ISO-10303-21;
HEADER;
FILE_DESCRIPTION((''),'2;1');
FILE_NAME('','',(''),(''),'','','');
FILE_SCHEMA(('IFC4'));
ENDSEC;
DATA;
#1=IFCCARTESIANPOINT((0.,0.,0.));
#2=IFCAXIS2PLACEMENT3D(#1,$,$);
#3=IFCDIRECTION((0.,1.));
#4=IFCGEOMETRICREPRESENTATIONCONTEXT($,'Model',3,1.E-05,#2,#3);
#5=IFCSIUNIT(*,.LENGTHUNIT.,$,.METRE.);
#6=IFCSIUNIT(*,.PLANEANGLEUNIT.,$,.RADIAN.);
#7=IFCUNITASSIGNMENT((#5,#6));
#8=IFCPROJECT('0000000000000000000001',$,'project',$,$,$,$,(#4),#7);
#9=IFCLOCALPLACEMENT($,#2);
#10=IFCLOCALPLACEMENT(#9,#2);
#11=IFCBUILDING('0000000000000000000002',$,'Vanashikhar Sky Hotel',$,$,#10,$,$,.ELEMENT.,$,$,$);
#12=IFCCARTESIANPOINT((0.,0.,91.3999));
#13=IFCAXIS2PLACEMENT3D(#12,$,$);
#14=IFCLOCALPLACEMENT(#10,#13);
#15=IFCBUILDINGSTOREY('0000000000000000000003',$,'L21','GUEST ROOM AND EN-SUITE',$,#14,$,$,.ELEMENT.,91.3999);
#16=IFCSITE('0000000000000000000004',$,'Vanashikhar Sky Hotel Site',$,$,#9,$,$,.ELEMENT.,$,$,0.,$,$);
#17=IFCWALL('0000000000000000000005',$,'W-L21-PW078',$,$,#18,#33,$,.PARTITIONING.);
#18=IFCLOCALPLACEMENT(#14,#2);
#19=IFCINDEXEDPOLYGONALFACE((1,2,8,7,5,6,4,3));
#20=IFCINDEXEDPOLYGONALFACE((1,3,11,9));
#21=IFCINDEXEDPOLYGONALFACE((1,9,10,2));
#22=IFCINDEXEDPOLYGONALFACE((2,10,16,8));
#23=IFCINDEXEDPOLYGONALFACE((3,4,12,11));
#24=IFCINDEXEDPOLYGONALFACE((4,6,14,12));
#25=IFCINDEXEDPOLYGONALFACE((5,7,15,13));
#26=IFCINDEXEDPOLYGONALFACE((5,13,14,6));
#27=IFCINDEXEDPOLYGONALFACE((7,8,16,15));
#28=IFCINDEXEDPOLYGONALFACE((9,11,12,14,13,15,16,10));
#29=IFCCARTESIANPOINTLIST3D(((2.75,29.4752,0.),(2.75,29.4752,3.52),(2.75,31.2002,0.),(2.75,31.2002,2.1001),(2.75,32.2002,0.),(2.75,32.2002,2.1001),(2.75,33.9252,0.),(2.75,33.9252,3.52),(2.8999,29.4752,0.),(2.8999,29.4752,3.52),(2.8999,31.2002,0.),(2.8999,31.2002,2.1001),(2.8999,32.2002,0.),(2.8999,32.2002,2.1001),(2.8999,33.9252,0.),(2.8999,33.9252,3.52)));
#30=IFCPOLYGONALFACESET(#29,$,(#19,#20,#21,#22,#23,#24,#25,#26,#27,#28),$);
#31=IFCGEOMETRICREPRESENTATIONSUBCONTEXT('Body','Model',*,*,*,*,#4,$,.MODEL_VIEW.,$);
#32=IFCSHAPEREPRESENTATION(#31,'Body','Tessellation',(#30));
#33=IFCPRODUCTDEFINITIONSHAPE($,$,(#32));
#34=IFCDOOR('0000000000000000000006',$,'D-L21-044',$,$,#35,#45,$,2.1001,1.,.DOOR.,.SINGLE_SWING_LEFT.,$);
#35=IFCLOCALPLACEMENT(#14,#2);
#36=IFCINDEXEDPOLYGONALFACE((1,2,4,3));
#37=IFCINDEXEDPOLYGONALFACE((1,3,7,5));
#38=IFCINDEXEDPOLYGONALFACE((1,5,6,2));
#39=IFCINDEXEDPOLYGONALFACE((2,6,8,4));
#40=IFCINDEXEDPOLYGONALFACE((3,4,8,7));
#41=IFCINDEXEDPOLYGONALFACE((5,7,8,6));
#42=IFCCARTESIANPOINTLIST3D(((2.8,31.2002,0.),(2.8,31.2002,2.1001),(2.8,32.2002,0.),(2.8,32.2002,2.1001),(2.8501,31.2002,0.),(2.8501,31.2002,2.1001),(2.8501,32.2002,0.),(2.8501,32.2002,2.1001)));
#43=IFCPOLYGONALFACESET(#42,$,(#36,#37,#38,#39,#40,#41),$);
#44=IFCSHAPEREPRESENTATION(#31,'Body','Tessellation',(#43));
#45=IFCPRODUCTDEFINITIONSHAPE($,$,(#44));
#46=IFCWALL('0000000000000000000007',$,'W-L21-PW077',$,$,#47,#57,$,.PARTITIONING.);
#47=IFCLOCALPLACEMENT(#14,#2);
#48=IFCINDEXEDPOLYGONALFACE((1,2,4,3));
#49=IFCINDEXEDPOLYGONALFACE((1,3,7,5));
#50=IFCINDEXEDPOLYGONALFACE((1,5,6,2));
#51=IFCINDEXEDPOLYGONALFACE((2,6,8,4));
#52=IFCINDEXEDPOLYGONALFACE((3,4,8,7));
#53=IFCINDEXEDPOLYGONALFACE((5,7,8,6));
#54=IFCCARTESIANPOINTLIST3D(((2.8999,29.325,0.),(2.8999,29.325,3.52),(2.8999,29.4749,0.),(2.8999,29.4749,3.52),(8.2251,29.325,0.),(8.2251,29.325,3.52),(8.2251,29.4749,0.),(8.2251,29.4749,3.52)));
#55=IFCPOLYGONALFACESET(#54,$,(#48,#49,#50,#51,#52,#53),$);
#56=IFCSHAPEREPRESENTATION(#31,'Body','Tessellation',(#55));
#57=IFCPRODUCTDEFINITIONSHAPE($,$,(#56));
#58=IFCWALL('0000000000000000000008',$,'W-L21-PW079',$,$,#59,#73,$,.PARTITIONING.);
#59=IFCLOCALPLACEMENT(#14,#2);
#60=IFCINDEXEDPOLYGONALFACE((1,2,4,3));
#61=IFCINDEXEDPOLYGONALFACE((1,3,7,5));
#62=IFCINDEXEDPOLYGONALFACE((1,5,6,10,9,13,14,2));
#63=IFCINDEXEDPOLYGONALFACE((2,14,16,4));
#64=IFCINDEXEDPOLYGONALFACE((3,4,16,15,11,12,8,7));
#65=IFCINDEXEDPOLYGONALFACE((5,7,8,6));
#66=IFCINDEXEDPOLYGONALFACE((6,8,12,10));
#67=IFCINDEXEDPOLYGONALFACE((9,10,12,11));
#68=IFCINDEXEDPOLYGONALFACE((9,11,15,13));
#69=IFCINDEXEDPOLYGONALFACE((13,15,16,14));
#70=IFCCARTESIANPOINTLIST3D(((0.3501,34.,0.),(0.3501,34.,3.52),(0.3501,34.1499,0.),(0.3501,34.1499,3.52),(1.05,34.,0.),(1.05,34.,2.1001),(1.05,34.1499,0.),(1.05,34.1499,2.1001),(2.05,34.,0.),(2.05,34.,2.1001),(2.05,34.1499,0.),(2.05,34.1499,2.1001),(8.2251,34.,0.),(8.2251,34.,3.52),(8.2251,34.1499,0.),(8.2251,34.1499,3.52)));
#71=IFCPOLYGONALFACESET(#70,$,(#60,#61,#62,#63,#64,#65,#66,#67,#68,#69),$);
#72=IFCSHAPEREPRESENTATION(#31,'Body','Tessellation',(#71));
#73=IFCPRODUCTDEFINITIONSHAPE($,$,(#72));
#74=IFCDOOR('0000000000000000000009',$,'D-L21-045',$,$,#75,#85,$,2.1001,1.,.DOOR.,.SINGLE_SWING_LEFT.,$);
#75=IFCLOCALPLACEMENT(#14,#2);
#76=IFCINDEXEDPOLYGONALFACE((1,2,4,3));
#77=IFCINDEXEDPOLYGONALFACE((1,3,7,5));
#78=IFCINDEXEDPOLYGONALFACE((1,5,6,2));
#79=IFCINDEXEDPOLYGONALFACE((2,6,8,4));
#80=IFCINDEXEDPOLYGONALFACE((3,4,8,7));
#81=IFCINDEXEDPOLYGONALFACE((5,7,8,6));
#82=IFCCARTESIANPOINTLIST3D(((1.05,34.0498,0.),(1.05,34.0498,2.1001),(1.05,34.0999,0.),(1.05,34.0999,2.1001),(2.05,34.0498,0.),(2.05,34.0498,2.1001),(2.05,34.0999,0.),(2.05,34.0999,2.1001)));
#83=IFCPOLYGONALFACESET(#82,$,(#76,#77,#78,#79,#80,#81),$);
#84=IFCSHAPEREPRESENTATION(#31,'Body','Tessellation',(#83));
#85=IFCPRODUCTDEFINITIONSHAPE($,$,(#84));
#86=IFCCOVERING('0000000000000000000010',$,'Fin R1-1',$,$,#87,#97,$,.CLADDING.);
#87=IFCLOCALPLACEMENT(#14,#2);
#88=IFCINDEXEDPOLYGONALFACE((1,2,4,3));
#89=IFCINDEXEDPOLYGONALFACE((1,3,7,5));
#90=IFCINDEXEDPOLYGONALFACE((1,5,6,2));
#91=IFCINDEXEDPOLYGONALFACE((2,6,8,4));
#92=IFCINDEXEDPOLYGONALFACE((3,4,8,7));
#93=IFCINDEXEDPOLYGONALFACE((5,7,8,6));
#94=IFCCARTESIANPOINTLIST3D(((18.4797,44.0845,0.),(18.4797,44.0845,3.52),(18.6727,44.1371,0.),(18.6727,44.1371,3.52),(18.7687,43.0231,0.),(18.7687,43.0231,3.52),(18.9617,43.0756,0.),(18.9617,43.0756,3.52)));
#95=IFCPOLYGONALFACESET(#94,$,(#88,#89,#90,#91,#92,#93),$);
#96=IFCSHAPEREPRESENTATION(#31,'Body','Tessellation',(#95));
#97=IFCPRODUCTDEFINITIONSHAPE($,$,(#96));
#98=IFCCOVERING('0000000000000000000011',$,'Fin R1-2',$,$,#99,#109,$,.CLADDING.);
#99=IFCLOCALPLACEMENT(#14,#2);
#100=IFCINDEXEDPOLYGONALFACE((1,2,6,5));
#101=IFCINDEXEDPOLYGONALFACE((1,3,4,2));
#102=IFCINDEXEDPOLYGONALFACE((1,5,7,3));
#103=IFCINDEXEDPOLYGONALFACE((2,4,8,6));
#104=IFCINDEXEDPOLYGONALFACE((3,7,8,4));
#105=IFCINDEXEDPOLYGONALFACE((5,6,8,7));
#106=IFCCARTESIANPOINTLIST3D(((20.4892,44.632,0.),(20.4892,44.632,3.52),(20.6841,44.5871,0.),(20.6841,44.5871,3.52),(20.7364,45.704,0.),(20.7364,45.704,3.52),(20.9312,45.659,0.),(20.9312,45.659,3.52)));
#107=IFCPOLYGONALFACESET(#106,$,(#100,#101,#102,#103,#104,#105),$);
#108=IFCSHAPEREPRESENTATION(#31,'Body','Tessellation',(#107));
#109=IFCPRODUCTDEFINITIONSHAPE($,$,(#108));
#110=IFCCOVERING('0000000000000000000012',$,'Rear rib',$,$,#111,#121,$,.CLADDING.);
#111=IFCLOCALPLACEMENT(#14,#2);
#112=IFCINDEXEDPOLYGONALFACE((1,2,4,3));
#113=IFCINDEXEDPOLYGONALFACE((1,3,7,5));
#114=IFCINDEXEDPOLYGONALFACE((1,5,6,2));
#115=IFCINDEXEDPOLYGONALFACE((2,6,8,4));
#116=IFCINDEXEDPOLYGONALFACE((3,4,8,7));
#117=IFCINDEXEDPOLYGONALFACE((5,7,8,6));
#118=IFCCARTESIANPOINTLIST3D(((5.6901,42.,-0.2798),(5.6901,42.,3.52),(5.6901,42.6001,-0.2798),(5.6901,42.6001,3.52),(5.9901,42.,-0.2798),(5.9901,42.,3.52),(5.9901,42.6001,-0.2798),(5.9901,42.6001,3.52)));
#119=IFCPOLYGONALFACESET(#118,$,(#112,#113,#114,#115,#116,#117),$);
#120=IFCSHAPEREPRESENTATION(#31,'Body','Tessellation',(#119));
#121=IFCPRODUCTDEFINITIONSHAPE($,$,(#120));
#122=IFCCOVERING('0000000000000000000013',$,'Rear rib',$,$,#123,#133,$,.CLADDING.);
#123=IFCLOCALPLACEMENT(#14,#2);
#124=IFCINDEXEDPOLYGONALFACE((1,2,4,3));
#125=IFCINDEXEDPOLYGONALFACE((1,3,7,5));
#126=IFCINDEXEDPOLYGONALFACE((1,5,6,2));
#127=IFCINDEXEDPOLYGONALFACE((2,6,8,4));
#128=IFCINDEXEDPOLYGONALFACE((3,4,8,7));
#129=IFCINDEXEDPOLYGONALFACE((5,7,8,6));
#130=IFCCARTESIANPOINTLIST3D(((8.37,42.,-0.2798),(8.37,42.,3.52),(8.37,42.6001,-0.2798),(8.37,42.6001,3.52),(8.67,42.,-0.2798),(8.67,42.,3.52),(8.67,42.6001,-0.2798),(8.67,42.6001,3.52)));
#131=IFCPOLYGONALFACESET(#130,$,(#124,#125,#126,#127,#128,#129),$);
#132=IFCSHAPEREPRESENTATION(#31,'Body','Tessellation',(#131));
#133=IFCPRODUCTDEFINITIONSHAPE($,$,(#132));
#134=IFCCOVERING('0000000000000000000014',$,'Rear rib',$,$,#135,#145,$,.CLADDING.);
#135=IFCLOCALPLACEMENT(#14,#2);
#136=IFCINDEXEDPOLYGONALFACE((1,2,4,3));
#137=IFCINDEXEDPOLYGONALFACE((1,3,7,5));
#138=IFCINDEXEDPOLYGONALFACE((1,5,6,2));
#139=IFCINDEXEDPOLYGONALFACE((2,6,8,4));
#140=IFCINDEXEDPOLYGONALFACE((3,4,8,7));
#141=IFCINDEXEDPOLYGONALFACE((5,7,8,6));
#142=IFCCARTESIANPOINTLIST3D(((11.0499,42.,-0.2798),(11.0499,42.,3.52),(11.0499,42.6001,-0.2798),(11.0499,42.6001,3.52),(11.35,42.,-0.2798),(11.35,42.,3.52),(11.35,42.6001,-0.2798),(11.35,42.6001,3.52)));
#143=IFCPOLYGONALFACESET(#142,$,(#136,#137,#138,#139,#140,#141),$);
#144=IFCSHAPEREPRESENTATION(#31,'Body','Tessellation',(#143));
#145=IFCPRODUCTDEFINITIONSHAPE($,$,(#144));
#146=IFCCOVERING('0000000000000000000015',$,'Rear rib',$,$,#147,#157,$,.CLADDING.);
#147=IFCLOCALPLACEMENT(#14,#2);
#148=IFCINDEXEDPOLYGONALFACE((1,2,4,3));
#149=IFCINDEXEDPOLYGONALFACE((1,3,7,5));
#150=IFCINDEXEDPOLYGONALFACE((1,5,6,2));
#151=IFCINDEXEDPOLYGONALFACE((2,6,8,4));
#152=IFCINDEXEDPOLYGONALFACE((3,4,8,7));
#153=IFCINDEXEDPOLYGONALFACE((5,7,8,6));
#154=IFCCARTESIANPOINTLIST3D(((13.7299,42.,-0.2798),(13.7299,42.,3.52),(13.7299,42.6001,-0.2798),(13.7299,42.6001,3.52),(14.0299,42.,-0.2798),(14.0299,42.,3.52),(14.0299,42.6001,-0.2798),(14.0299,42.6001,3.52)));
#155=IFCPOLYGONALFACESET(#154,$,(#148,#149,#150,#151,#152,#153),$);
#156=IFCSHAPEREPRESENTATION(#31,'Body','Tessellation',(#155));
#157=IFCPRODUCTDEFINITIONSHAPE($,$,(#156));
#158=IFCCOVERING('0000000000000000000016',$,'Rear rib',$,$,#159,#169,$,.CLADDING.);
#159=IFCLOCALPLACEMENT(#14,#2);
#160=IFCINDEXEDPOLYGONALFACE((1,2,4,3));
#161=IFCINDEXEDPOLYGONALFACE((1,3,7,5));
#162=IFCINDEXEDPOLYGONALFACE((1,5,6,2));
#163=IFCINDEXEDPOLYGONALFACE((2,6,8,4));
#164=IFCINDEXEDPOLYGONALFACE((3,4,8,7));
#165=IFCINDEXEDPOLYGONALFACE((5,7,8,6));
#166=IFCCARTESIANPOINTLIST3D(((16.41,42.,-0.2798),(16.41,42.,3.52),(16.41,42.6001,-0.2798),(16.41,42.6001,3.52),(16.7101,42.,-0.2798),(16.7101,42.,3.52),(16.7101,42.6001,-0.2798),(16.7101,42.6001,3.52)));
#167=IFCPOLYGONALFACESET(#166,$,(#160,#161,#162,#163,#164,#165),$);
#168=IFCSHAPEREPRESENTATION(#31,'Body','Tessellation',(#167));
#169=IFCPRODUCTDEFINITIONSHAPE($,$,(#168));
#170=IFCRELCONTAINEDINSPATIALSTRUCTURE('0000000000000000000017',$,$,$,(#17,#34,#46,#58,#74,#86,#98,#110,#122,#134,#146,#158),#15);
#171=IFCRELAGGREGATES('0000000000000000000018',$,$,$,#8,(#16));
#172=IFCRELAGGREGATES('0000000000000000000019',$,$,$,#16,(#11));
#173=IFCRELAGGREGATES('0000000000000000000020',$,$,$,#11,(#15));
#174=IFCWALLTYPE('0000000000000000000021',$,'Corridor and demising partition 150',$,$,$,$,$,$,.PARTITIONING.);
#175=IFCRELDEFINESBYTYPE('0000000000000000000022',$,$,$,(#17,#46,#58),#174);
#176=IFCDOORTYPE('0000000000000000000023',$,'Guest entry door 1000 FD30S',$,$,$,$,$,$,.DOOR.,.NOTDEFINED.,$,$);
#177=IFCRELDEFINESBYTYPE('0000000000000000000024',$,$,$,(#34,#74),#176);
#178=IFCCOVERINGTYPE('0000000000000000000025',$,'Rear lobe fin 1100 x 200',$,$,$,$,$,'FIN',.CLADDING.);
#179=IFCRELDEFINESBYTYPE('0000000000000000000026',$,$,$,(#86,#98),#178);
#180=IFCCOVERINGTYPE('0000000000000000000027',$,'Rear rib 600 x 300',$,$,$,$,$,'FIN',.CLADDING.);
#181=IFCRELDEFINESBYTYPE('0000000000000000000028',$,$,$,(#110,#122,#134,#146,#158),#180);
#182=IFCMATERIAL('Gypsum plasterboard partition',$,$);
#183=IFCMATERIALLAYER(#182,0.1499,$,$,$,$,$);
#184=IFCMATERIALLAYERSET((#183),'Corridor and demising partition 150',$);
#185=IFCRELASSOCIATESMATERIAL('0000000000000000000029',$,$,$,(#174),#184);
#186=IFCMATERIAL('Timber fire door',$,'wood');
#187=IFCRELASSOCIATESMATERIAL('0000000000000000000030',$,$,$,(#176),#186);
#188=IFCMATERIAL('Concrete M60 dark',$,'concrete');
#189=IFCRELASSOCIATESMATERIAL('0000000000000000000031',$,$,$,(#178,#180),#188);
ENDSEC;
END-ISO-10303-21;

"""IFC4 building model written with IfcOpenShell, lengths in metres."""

from ifc_helpers import new_model, si_unit, direction, frame, frame_2d, origin, origin_2d, place, context, subcontext, project, spatial, rectangle, extrude, source, transform, mapped, material, layer, layer_set, material_profile, profile_set, type_object, element, fill, save


model = new_model("IFC4")

# Units and contexts
model_context = context("Model", 3, precision=1e-05, world=origin(), true_north=direction((0.0, 1.0)))
body_context = subcontext(model_context, "Body", "Model", "MODEL_VIEW")
ifc_project = project(units=[si_unit("LENGTHUNIT", "METRE"), si_unit("PLANEANGLEUNIT", "RADIAN")], contexts=[model_context])

# Site, building, storey
site_placement = place(None, origin())
site = spatial("IfcSite", under=ifc_project, at=site_placement, Name="Vanashikhar Sky Hotel Site", CompositionType="ELEMENT", RefElevation=0.0)
building_placement = place(site_placement, origin())
building = spatial("IfcBuilding", under=site, at=building_placement, Name="Vanashikhar Sky Hotel", CompositionType="ELEMENT")
storey_placement = place(building_placement, frame((0.0, 0.0, 91.3999)))
storey = spatial("IfcBuildingStorey", under=building, at=storey_placement, Name="L21", Description="GUEST ROOM AND EN-SUITE", CompositionType="ELEMENT", Elevation=91.3999)

# Wall, opening, door
shared_shape_1 = source(origin(), body_context, "Body", "SweptSolid", [
    extrude(rectangle(XDim=1.0, YDim=2.1001, at=frame_2d((0.5, 1.05))), frame((0.0, 0.0249, 0.0), z_axis=(0.0, -1.0, 0.0), x_axis=(1.0, 0.0, 0.0)), (0.0, 0.0, 1.0), 0.05),
])
ifc_material_1 = material(Name="Gypsum plasterboard partition")
ifc_layer_1 = layer(ifc_material_1, 0.1499)
ifc_layer_set_1 = layer_set([ifc_layer_1], Name="Corridor and demising partition 150")
wall_type_1 = type_object("IfcWallType", Name="Corridor and demising partition 150", PredefinedType="PARTITIONING", material=ifc_layer_set_1)
shared_shape_2 = source(origin(), body_context, "Body", "SweptSolid", [
    extrude(rectangle(XDim=4.45, YDim=0.1499, at=frame_2d((2.2251, 0.0))), origin(), (0.0, 0.0, 1.0), 3.52),
])
wall_1_placement = place(storey_placement, frame((2.825, 29.4751, 0.0), z_axis=(0.0, 0.0, 1.0), x_axis=(0.0, 1.0, 0.0)))
wall_1 = element("IfcWall", 1, at=wall_1_placement, inside=storey, type_object=wall_type_1, Name="W-L21-PW078", PredefinedType="PARTITIONING", context=body_context, shape_type="MappedRepresentation", body=[
    mapped(shared_shape_2, transform((0.0, 0.0, 0.0), scale=1.0)),
])
shared_shape_3 = source(origin(), body_context, "Body", "SweptSolid", [
    extrude(rectangle(XDim=1.0, YDim=2.1001, at=frame_2d((0.5, 1.05))), frame((0.0, 0.085, 0.0), z_axis=(0.0, -1.0, 0.0), x_axis=(1.0, 0.0, 0.0)), (0.0, 0.0, 1.0), 0.1699),
])
opening_1_placement = place(wall_1_placement, frame((1.7251, 0.0, 0.0)))
opening_1 = element("IfcOpeningElement", 2, at=opening_1_placement, cuts=wall_1, PredefinedType="OPENING", context=body_context, shape_type="MappedRepresentation", body=[
    mapped(shared_shape_3, transform((0.0, 0.0, 0.0), scale=1.0)),
])
ifc_material_2 = material(Name="Timber fire door", Category="wood")
door_type_1 = type_object("IfcDoorType", Name="Guest entry door 1000 FD30S", OperationType="NOTDEFINED", PredefinedType="DOOR", material=ifc_material_2)
door_1_placement = place(opening_1_placement, origin())
door_1 = element("IfcDoor", 3, at=door_1_placement, inside=storey, type_object=door_type_1, Name="D-L21-044", OperationType="SINGLE_SWING_LEFT", OverallHeight=2.1001, OverallWidth=1.0, PredefinedType="DOOR", context=body_context, shape_type="MappedRepresentation", body=[
    mapped(shared_shape_1, transform((0.0, 0.0, 0.0), scale=1.0)),
])
fill(opening_1, door_1)

# Wall
shared_shape_4 = source(origin(), body_context, "Body", "SweptSolid", [
    extrude(rectangle(XDim=5.3252, YDim=0.1499, at=frame_2d((2.6626, 0.0))), origin(), (0.0, 0.0, 1.0), 3.52),
])
wall_2_placement = place(storey_placement, frame((2.8999, 29.3999, 0.0), z_axis=(0.0, 0.0, 1.0), x_axis=(1.0, 0.0, 0.0)))
element("IfcWall", 4, at=wall_2_placement, inside=storey, type_object=wall_type_1, Name="W-L21-PW077", PredefinedType="PARTITIONING", context=body_context, shape_type="MappedRepresentation", body=[
    mapped(shared_shape_4, transform((0.0, 0.0, 0.0), scale=1.0)),
])

# Wall, opening, door
shared_shape_5 = source(origin(), body_context, "Body", "SweptSolid", [
    extrude(rectangle(XDim=7.875, YDim=0.1499, at=frame_2d((3.9375, 0.0))), origin(), (0.0, 0.0, 1.0), 3.52),
])
wall_3_placement = place(storey_placement, frame((0.3501, 34.075, 0.0), z_axis=(0.0, 0.0, 1.0), x_axis=(1.0, 0.0, 0.0)))
wall_3 = element("IfcWall", 5, at=wall_3_placement, inside=storey, type_object=wall_type_1, Name="W-L21-PW079", PredefinedType="PARTITIONING", context=body_context, shape_type="MappedRepresentation", body=[
    mapped(shared_shape_5, transform((0.0, 0.0, 0.0), scale=1.0)),
])
opening_2_placement = place(wall_3_placement, frame((0.7, 0.0, 0.0)))
opening_2 = element("IfcOpeningElement", 6, at=opening_2_placement, cuts=wall_3, PredefinedType="OPENING", context=body_context, shape_type="MappedRepresentation", body=[
    mapped(shared_shape_3, transform((0.0, 0.0, 0.0), scale=1.0)),
])
door_2_placement = place(opening_2_placement, origin())
door_2 = element("IfcDoor", 7, at=door_2_placement, inside=storey, type_object=door_type_1, Name="D-L21-045", OperationType="SINGLE_SWING_LEFT", OverallHeight=2.1001, OverallWidth=1.0, PredefinedType="DOOR", context=body_context, shape_type="MappedRepresentation", body=[
    mapped(shared_shape_1, transform((0.0, 0.0, 0.0), scale=1.0)),
])
fill(opening_2, door_2)

# Coverings
ifc_material_3 = material(Name="Concrete M60 dark", Category="concrete")
ifc_material_profile_1 = material_profile(ifc_material_3, rectangle(XDim=1.1001, YDim=0.2, at=origin_2d()))
ifc_profile_set_1 = profile_set([ifc_material_profile_1], Name="Rear lobe fin 1100 x 200")
covering_type_1 = type_object("IfcCoveringType", Name="Rear lobe fin 1100 x 200", ElementType="FIN", PredefinedType="CLADDING", material=ifc_profile_set_1)
shared_shape_6 = source(origin(), body_context, "Body", "SweptSolid", [
    extrude(rectangle(XDim=1.1001, YDim=0.2, at=origin_2d()), origin(), (0.0, 0.0, 1.0), 3.52),
])
for number, where, z_axis, x_axis, name in (
    (8, (18.7207, 43.5801, 0.0), (0.0, 0.0, 1.0), (-0.262711, 0.964874, 0.0), "Fin R1-1"),
    (9, (20.7102, 45.1455, 0.0), (0.0, 0.0, 1.0), (0.224645, 0.974441, 0.0), "Fin R1-2"),
):
    element("IfcCovering", number, at=place(storey_placement, frame(where, z_axis=z_axis, x_axis=x_axis)), inside=storey, type_object=covering_type_1, Name=name, PredefinedType="CLADDING", context=body_context, shape_type="MappedRepresentation", body=[
        mapped(shared_shape_6, transform((0.0, 0.0, 0.0), scale=1.0)),
    ])
ifc_material_profile_2 = material_profile(ifc_material_3, rectangle(XDim=0.6001, YDim=0.3, at=origin_2d()))
ifc_profile_set_2 = profile_set([ifc_material_profile_2], Name="Rear rib 600 x 300")
covering_type_2 = type_object("IfcCoveringType", Name="Rear rib 600 x 300", ElementType="FIN", PredefinedType="CLADDING", material=ifc_profile_set_2)
shared_shape_7 = source(origin(), body_context, "Body", "SweptSolid", [
    extrude(rectangle(XDim=0.6001, YDim=0.3, at=origin_2d()), origin(), (0.0, 0.0, 1.0), 3.7998),
])
for number, where, z_axis, x_axis, name in (
    (10, (5.8401, 42.3, -0.2798), (0.0, 0.0, 1.0), (0.0, 1.0, 0.0), "Rear rib"),
    (11, (8.52, 42.3, -0.2798), (0.0, 0.0, 1.0), (0.0, 1.0, 0.0), "Rear rib"),
    (12, (11.2, 42.3, -0.2798), (0.0, 0.0, 1.0), (0.0, 1.0, 0.0), "Rear rib"),
    (13, (13.8799, 42.3, -0.2798), (0.0, 0.0, 1.0), (0.0, 1.0, 0.0), "Rear rib"),
    (14, (16.5601, 42.3, -0.2798), (0.0, 0.0, 1.0), (0.0, 1.0, 0.0), "Rear rib"),
):
    element("IfcCovering", number, at=place(storey_placement, frame(where, z_axis=z_axis, x_axis=x_axis)), inside=storey, type_object=covering_type_2, Name=name, PredefinedType="CLADDING", context=body_context, shape_type="MappedRepresentation", body=[
        mapped(shared_shape_7, transform((0.0, 0.0, 0.0), scale=1.0)),
    ])

save(model, "model.ifc")
